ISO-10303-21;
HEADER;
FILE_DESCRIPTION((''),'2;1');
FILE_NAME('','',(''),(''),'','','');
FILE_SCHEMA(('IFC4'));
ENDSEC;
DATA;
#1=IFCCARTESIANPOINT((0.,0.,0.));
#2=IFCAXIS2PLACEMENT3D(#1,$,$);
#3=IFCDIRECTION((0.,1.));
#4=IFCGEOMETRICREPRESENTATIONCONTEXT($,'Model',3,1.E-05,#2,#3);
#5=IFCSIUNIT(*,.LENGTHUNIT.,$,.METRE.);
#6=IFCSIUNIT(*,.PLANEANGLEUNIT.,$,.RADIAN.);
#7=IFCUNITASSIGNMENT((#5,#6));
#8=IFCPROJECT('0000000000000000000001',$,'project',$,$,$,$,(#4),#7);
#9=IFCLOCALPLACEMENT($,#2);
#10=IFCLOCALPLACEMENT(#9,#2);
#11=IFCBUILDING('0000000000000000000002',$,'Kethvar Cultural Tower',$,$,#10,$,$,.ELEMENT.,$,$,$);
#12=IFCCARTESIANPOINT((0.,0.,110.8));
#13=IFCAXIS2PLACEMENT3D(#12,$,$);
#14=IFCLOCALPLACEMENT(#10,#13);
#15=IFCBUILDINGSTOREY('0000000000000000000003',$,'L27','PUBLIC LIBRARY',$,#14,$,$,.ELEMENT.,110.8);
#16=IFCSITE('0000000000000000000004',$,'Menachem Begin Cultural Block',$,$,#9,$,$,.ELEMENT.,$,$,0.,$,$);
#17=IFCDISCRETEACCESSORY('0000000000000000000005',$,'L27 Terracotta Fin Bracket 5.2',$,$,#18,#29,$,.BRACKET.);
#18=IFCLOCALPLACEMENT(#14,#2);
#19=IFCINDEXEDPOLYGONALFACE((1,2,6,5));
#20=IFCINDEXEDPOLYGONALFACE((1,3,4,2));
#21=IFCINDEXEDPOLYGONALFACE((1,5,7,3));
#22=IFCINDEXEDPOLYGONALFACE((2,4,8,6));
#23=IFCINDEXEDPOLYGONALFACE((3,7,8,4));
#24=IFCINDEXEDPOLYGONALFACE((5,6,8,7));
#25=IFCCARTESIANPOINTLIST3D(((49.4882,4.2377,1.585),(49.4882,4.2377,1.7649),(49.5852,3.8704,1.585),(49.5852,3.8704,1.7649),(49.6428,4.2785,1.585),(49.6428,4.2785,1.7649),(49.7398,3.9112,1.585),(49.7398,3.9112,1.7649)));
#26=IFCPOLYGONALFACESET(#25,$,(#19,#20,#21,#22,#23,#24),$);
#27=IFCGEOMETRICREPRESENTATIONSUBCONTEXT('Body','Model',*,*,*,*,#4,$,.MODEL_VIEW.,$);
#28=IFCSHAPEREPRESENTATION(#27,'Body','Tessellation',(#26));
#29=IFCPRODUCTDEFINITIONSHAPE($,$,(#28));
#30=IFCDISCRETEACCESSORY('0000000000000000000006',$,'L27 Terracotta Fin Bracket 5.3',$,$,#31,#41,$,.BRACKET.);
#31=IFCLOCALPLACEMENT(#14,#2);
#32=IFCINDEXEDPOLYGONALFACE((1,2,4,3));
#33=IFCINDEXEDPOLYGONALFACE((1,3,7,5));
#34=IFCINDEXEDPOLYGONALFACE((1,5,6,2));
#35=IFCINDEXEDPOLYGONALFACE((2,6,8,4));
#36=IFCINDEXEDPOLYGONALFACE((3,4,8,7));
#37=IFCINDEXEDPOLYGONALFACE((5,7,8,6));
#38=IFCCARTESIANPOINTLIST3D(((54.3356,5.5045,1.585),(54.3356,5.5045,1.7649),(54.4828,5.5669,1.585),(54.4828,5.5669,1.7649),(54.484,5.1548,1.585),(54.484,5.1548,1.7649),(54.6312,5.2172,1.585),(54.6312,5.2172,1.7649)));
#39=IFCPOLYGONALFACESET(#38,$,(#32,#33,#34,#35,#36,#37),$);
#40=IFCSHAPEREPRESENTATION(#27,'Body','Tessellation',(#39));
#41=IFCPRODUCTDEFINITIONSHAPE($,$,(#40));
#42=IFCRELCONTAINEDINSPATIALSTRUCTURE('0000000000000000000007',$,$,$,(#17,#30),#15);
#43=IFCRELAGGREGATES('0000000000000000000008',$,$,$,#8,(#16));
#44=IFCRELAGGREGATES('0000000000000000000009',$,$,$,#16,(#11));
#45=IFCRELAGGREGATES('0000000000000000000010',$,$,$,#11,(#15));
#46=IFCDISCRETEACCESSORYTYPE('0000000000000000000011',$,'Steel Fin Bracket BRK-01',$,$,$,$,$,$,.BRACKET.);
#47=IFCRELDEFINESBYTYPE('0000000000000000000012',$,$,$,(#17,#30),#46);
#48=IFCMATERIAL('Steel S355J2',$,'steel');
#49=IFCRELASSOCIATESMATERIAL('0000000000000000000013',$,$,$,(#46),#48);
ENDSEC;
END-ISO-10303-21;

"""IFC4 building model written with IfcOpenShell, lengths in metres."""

from ifc_helpers import new_model, si_unit, direction, frame, origin, origin_2d, place, context, subcontext, project, spatial, rectangle, extrude, source, transform, mapped, material, type_object, element, save


model = new_model("IFC4")

# Units and contexts
model_context = context("Model", 3, precision=1e-05, world=origin(), true_north=direction((0.0, 1.0)))
body_context = subcontext(model_context, "Body", "Model", "MODEL_VIEW")
ifc_project = project(units=[si_unit("LENGTHUNIT", "METRE"), si_unit("PLANEANGLEUNIT", "RADIAN")], contexts=[model_context])

# Site, building, storey
site_placement = place(None, origin())
site = spatial("IfcSite", under=ifc_project, at=site_placement, Name="Menachem Begin Cultural Block", CompositionType="ELEMENT", RefElevation=0.0)
building_placement = place(site_placement, origin())
building = spatial("IfcBuilding", under=site, at=building_placement, Name="Kethvar Cultural Tower", CompositionType="ELEMENT")
storey_placement = place(building_placement, frame((0.0, 0.0, 110.8)))
storey = spatial("IfcBuildingStorey", under=building, at=storey_placement, Name="L27", Description="PUBLIC LIBRARY", CompositionType="ELEMENT", Elevation=110.8)

# Shared definitions
ifc_material_1 = material(Name="Steel S355J2", Category="steel")

# Discrete accessories
discrete_accessory_type = type_object("IfcDiscreteAccessoryType", Name="Steel Fin Bracket BRK-01", PredefinedType="BRACKET", material=ifc_material_1)
shared_shape_1 = source(origin(), body_context, "Body", "SweptSolid", [
    extrude(rectangle(XDim=0.3799, YDim=0.1599, at=origin_2d()), origin(), (0.0, 0.0, 1.0), 0.1799),
])
for number, where, z_axis, x_axis, name in (
    (1, (49.614, 4.0745, 1.585), (0.0, 0.0, 1.0), (0.255446, -0.966823, 0.0), "L27 Terracotta Fin Bracket 5.2"),
    (2, (54.4834, 5.3608, 1.585), (0.0, 0.0, 1.0), (0.39057, -0.920573, 0.0), "L27 Terracotta Fin Bracket 5.3"),
):
    element("IfcDiscreteAccessory", number, at=place(storey_placement, frame(where, z_axis=z_axis, x_axis=x_axis)), inside=storey, type_object=discrete_accessory_type, Name=name, PredefinedType="BRACKET", context=body_context, shape_type="MappedRepresentation", body=[
        mapped(shared_shape_1, transform((0.0, 0.0, 0.0), scale=1.0)),
    ])

save(model, "model.ifc")
